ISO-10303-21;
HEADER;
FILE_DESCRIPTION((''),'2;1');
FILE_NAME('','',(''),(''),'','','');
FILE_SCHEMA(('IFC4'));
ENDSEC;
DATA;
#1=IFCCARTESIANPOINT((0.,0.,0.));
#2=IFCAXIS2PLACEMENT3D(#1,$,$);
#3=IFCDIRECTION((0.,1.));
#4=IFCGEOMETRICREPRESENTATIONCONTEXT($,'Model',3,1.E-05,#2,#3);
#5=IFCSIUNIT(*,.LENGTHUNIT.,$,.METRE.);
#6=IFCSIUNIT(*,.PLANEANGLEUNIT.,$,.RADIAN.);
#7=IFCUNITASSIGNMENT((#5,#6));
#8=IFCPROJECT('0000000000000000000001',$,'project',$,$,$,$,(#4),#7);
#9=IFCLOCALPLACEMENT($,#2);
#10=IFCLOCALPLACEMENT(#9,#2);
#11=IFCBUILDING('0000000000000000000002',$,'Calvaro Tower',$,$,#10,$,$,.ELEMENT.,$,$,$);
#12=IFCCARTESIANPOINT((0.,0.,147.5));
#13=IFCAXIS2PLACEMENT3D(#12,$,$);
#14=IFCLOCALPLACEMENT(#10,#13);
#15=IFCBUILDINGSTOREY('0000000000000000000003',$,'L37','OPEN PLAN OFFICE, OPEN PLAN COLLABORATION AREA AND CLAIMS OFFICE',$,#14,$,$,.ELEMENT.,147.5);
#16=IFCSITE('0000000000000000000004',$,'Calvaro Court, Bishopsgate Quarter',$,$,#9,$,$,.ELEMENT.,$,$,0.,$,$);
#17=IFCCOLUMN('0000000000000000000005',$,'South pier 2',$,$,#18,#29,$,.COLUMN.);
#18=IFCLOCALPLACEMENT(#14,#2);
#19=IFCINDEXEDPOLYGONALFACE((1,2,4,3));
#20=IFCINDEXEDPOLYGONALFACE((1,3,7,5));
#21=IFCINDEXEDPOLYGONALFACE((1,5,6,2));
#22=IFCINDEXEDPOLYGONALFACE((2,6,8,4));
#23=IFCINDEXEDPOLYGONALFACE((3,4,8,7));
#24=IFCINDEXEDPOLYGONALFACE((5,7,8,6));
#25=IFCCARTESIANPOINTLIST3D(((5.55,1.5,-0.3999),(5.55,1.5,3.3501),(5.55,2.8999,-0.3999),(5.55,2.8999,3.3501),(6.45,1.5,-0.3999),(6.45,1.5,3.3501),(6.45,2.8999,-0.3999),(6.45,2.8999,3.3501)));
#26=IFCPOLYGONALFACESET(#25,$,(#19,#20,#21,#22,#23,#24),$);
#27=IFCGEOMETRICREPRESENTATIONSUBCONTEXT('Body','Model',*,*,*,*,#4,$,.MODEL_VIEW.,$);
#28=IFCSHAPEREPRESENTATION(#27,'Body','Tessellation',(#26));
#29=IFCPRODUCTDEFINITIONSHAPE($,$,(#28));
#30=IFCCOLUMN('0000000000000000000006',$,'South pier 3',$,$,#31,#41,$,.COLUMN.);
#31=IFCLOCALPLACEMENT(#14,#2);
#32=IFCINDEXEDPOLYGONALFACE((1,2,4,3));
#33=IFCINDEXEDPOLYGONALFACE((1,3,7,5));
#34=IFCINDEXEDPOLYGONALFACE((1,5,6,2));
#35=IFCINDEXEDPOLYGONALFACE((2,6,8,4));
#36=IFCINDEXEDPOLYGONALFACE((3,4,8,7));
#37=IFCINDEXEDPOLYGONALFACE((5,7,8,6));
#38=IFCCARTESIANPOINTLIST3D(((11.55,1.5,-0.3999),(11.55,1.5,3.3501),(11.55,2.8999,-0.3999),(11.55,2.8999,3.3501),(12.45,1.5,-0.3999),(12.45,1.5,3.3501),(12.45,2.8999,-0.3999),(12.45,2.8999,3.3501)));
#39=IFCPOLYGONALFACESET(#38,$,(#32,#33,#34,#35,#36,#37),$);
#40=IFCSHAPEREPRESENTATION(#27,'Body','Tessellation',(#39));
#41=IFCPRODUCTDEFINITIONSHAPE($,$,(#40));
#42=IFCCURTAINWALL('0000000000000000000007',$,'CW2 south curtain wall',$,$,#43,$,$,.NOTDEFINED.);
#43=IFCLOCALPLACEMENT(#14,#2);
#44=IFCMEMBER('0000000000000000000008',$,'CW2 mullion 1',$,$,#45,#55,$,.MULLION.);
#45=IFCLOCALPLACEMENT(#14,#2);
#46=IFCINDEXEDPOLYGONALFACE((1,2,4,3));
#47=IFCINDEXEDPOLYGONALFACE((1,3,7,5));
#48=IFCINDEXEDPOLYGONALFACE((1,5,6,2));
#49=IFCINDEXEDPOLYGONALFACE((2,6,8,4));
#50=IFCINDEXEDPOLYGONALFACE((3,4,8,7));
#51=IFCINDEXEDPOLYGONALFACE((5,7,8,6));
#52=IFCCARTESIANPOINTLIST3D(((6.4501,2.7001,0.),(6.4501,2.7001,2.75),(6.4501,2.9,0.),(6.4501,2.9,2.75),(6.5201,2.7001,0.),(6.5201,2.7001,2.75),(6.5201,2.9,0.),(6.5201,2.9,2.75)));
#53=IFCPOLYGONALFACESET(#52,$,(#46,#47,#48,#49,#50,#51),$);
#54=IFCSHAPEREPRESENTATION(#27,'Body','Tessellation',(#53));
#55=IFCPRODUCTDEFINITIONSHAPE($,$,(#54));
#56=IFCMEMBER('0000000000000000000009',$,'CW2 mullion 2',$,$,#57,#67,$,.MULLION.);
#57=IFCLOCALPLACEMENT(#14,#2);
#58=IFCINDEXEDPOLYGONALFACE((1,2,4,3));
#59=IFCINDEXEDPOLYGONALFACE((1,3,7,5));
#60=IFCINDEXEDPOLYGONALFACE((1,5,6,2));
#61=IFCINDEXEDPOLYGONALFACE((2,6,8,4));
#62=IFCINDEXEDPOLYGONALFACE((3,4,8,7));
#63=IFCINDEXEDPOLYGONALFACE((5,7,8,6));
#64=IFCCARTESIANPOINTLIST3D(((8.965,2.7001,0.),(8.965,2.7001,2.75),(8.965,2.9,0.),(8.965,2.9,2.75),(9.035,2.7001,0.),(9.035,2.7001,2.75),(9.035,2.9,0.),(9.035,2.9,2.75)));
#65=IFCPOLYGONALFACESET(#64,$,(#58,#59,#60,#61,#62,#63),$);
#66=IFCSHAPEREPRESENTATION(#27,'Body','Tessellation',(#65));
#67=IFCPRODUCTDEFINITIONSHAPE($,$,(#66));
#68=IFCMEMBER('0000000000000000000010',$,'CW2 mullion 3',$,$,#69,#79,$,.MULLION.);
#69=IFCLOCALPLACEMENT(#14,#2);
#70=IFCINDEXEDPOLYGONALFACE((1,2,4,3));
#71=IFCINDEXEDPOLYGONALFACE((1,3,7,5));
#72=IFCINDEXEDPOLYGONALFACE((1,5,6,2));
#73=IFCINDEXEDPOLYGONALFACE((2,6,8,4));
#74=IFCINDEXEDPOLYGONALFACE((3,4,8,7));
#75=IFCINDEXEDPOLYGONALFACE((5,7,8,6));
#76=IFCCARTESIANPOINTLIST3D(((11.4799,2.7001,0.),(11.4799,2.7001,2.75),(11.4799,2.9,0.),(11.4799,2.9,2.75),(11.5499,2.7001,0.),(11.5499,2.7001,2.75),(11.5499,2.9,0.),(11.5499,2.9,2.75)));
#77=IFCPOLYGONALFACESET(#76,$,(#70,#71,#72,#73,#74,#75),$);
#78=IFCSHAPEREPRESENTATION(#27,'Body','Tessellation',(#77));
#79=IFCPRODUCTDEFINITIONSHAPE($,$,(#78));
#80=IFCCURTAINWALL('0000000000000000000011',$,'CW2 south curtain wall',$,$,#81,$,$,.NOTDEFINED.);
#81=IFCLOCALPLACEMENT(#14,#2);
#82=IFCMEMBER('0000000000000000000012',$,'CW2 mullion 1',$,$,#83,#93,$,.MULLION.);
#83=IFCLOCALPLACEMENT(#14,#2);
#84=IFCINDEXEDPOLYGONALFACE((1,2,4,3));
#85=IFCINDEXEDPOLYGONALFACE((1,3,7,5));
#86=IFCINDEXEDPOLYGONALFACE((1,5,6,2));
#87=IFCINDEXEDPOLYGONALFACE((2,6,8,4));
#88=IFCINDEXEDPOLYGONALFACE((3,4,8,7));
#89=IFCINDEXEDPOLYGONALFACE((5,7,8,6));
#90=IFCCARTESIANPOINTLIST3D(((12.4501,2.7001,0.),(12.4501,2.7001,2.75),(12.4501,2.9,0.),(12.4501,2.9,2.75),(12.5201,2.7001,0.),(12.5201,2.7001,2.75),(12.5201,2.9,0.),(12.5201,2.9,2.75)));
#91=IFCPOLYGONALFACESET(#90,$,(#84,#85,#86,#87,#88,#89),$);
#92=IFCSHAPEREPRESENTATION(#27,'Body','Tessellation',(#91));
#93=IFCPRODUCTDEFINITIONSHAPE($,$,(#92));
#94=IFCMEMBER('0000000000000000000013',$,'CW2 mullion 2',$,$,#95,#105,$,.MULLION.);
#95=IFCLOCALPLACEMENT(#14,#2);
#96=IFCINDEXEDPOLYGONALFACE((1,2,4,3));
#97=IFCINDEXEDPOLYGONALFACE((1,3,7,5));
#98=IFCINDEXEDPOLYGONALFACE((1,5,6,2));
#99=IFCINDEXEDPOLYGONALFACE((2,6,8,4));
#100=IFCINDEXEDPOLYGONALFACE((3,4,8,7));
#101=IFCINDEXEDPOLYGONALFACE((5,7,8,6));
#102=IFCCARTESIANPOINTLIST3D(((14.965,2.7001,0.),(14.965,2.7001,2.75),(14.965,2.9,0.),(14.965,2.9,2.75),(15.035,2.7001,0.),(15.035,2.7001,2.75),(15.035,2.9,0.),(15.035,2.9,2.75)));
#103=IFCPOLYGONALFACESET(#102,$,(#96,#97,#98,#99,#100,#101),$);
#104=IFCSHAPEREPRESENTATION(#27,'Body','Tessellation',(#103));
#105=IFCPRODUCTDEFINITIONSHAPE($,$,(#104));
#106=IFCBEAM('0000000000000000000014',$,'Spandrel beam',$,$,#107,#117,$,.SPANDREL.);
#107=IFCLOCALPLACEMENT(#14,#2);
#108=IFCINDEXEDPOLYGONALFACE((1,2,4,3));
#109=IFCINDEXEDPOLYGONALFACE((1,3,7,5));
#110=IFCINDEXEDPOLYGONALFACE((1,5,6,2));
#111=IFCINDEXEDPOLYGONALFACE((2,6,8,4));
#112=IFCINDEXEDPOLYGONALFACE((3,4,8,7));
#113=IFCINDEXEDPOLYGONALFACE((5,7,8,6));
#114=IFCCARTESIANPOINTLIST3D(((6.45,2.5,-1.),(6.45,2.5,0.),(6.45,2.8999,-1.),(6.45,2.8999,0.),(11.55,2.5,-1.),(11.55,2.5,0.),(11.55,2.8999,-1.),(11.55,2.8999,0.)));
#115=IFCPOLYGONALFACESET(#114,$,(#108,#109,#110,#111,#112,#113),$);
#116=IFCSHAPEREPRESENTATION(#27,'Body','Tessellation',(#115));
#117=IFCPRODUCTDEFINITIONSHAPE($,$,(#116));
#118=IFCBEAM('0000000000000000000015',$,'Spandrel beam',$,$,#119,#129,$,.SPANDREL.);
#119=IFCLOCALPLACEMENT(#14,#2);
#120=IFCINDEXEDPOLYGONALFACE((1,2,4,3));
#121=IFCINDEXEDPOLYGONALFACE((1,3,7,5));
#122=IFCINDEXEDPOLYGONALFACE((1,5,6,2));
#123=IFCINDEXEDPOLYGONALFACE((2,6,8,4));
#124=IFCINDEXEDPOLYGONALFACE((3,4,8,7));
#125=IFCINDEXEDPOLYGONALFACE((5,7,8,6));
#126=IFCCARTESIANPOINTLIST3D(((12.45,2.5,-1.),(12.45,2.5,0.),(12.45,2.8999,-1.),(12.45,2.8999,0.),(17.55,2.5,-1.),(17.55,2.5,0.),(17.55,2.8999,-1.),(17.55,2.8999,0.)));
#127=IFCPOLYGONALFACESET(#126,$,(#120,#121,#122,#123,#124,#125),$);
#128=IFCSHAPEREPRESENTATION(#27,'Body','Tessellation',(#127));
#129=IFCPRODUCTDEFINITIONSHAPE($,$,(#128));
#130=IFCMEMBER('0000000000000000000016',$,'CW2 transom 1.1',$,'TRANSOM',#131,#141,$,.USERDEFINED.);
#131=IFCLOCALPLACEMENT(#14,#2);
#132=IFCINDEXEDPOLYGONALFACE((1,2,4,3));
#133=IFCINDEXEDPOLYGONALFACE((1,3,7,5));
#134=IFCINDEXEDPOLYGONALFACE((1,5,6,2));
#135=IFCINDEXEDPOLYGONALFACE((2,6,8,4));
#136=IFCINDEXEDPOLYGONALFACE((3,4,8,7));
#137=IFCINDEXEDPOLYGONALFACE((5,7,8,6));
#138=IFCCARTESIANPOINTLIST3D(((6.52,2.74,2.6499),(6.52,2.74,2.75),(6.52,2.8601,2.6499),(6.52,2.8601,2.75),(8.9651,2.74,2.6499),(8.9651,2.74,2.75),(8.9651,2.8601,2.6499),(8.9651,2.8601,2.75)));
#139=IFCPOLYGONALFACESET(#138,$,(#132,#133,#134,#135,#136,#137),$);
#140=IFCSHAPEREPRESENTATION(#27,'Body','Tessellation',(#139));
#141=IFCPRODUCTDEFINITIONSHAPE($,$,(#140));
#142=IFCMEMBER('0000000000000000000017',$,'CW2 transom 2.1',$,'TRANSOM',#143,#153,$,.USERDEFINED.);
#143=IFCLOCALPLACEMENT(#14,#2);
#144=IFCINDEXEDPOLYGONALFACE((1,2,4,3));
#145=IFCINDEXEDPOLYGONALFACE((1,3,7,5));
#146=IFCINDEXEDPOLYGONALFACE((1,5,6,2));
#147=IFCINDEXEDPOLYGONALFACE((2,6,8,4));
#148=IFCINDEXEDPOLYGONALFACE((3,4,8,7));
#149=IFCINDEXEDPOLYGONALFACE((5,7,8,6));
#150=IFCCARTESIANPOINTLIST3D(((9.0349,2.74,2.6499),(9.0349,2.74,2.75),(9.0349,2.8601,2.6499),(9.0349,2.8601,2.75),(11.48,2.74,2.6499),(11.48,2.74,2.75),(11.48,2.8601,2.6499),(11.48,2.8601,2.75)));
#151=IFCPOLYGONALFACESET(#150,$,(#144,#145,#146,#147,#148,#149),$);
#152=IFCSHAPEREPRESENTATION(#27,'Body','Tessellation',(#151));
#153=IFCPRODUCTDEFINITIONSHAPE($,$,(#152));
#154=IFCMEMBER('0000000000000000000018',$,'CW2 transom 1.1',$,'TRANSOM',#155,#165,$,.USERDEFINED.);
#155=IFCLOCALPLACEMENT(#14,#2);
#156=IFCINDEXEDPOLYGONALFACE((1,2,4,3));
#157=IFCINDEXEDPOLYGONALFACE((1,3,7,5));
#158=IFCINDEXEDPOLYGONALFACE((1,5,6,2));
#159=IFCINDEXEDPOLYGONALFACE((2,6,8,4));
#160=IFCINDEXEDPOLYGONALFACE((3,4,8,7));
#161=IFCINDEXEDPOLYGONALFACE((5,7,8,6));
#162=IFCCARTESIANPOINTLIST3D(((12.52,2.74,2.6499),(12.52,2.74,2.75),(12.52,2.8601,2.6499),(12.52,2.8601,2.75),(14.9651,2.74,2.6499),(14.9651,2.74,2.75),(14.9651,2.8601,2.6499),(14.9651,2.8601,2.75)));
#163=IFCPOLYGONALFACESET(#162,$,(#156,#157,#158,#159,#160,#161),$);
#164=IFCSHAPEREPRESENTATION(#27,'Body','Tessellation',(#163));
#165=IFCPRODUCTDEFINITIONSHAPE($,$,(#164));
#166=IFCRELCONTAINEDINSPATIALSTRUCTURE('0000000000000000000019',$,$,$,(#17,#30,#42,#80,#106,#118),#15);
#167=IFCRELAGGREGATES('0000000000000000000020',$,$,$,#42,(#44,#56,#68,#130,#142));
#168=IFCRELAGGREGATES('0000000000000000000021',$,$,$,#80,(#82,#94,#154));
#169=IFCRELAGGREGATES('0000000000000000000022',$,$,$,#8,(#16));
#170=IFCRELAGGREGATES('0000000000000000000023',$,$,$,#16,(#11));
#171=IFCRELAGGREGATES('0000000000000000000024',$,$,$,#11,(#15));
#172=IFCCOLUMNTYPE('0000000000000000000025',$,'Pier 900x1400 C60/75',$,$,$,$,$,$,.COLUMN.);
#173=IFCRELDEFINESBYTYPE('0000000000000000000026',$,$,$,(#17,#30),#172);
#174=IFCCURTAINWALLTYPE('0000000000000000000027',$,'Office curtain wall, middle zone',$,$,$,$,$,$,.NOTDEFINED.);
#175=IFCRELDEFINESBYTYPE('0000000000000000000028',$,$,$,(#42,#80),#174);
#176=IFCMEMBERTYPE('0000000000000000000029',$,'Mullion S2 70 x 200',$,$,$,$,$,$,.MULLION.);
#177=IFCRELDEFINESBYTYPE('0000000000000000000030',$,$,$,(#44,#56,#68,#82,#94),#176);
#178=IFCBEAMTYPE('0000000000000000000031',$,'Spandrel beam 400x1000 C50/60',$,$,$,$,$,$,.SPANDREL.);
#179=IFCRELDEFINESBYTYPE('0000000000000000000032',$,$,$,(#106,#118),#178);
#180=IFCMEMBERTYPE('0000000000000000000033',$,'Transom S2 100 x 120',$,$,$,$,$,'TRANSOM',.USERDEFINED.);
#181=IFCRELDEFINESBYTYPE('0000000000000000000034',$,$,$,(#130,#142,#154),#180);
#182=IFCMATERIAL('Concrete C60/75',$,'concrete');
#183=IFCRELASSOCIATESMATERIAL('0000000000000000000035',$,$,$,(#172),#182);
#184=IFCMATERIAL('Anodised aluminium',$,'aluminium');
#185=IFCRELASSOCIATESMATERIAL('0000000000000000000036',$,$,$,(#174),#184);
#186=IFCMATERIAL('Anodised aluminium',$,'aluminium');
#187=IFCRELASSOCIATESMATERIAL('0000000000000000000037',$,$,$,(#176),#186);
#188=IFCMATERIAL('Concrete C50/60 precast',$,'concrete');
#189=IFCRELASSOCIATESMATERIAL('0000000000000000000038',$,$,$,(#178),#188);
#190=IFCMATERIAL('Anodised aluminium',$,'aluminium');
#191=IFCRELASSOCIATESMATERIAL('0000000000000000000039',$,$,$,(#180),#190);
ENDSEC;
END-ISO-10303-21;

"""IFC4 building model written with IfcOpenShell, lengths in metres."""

from ifc_helpers import new_model, si_unit, direction, frame, origin, origin_2d, place, context, subcontext, project, spatial, rectangle, extrude, material, material_profile, profile_set, type_object, element, aggregate, save


model = new_model("IFC4")

# Units and contexts
model_context = context("Model", 3, precision=1e-05, world=origin(), true_north=direction((0.0, 1.0)))
body_context = subcontext(model_context, "Body", "Model", "MODEL_VIEW")
ifc_project = project(units=[si_unit("LENGTHUNIT", "METRE"), si_unit("PLANEANGLEUNIT", "RADIAN")], contexts=[model_context])

# Site, building, storey
site_placement = place(None, origin())
site = spatial("IfcSite", under=ifc_project, at=site_placement, Name="Calvaro Court, Bishopsgate Quarter", CompositionType="ELEMENT", RefElevation=0.0)
building_placement = place(site_placement, origin())
building = spatial("IfcBuilding", under=site, at=building_placement, Name="Calvaro Tower", CompositionType="ELEMENT")
storey_placement = place(building_placement, frame((0.0, 0.0, 147.5)))
storey = spatial("IfcBuildingStorey", under=building, at=storey_placement, Name="L37", Description="OPEN PLAN OFFICE, OPEN PLAN COLLABORATION AREA AND CLAIMS OFFICE", CompositionType="ELEMENT", Elevation=147.5)

# Columns
ifc_material_1 = material(Name="Concrete C60/75", Category="concrete")
ifc_material_profile_1 = material_profile(ifc_material_1, rectangle(XDim=0.8999, YDim=1.3999, at=origin_2d()), Name="RC 900x1400")
ifc_profile_set_1 = profile_set([ifc_material_profile_1], Name="Concrete C60/75")
column_type = type_object("IfcColumnType", Name="Pier 900x1400 C60/75", PredefinedType="COLUMN", material=ifc_profile_set_1)
for number, where, z_axis, x_axis, name in (
    (1, (6.0, 2.2, -0.3999), (0.0, 0.0, 1.0), (1.0, 0.0, 0.0), "South pier 2"),
    (2, (12.0, 2.2, -0.3999), (0.0, 0.0, 1.0), (1.0, 0.0, 0.0), "South pier 3"),
):
    element("IfcColumn", number, at=place(storey_placement, frame(where, z_axis=z_axis, x_axis=x_axis)), inside=storey, type_object=column_type, Name=name, PredefinedType="COLUMN", context=body_context, shape_type="SweptSolid", body=[
        extrude(rectangle(XDim=0.8999, YDim=1.3999, at=origin_2d()), origin(), (0.0, 0.0, 1.0), 3.75),
    ])

# Curtain walls, members
ifc_material_2 = material(Name="Anodised aluminium", Category="aluminium")
curtain_wall_type = type_object("IfcCurtainWallType", Name="Office curtain wall, middle zone", PredefinedType="NOTDEFINED", material=ifc_material_2)
curtain_wall_1_placement = place(storey_placement, origin())
curtain_wall_1 = element("IfcCurtainWall", 3, at=curtain_wall_1_placement, inside=storey, type_object=curtain_wall_type, Name="CW2 south curtain wall", PredefinedType="NOTDEFINED")
ifc_material_3 = material(Name="Anodised aluminium", Category="aluminium")
ifc_material_profile_2 = material_profile(ifc_material_3, rectangle(XDim=0.2, YDim=0.0701, at=origin_2d()), Name="Mullion S2 70 x 200")
ifc_profile_set_2 = profile_set([ifc_material_profile_2], Name="Anodised aluminium")
member_type_1 = type_object("IfcMemberType", Name="Mullion S2 70 x 200", PredefinedType="MULLION", material=ifc_profile_set_2)
member_1_placement = place(storey_placement, frame((6.4851, 2.8, 0.0), z_axis=(0.0, 0.0, 1.0), x_axis=(0.0, 1.0, 0.0)))
member_1 = element("IfcMember", 4, at=member_1_placement, type_object=member_type_1, Name="CW2 mullion 1", PredefinedType="MULLION", context=body_context, shape_type="SweptSolid", body=[
    extrude(rectangle(XDim=0.2, YDim=0.0701, at=origin_2d()), origin(), (0.0, 0.0, 1.0), 2.75),
])
member_2_placement = place(storey_placement, frame((9.0, 2.8, 0.0), z_axis=(0.0, 0.0, 1.0), x_axis=(0.0, 1.0, 0.0)))
member_2 = element("IfcMember", 5, at=member_2_placement, type_object=member_type_1, Name="CW2 mullion 2", PredefinedType="MULLION", context=body_context, shape_type="SweptSolid", body=[
    extrude(rectangle(XDim=0.2, YDim=0.0701, at=origin_2d()), origin(), (0.0, 0.0, 1.0), 2.75),
])
member_3_placement = place(storey_placement, frame((11.5149, 2.8, 0.0), z_axis=(0.0, 0.0, 1.0), x_axis=(0.0, 1.0, 0.0)))
member_3 = element("IfcMember", 6, at=member_3_placement, type_object=member_type_1, Name="CW2 mullion 3", PredefinedType="MULLION", context=body_context, shape_type="SweptSolid", body=[
    extrude(rectangle(XDim=0.2, YDim=0.0701, at=origin_2d()), origin(), (0.0, 0.0, 1.0), 2.75),
])
curtain_wall_2_placement = place(storey_placement, origin())
curtain_wall_2 = element("IfcCurtainWall", 7, at=curtain_wall_2_placement, inside=storey, type_object=curtain_wall_type, Name="CW2 south curtain wall", PredefinedType="NOTDEFINED")
member_4_placement = place(storey_placement, frame((12.4851, 2.8, 0.0), z_axis=(0.0, 0.0, 1.0), x_axis=(0.0, 1.0, 0.0)))
member_4 = element("IfcMember", 8, at=member_4_placement, type_object=member_type_1, Name="CW2 mullion 1", PredefinedType="MULLION", context=body_context, shape_type="SweptSolid", body=[
    extrude(rectangle(XDim=0.2, YDim=0.0701, at=origin_2d()), origin(), (0.0, 0.0, 1.0), 2.75),
])
member_5_placement = place(storey_placement, frame((15.0, 2.8, 0.0), z_axis=(0.0, 0.0, 1.0), x_axis=(0.0, 1.0, 0.0)))
member_5 = element("IfcMember", 9, at=member_5_placement, type_object=member_type_1, Name="CW2 mullion 2", PredefinedType="MULLION", context=body_context, shape_type="SweptSolid", body=[
    extrude(rectangle(XDim=0.2, YDim=0.0701, at=origin_2d()), origin(), (0.0, 0.0, 1.0), 2.75),
])

# Beams
ifc_material_4 = material(Name="Concrete C50/60 precast", Category="concrete")
ifc_material_profile_3 = material_profile(ifc_material_4, rectangle(XDim=0.3999, YDim=1.0, at=origin_2d()), Name="RC 400x1000")
ifc_profile_set_3 = profile_set([ifc_material_profile_3], Name="Concrete C50/60 precast")
beam_type = type_object("IfcBeamType", Name="Spandrel beam 400x1000 C50/60", PredefinedType="SPANDREL", material=ifc_profile_set_3)
for number, where, z_axis, x_axis, name in (
    (10, (6.45, 2.7, -0.5), (1.0, 0.0, 0.0), (0.0, 1.0, 0.0), "Spandrel beam"),
    (11, (12.45, 2.7, -0.5), (1.0, 0.0, 0.0), (0.0, 1.0, 0.0), "Spandrel beam"),
):
    element("IfcBeam", number, at=place(storey_placement, frame(where, z_axis=z_axis, x_axis=x_axis)), inside=storey, type_object=beam_type, Name=name, PredefinedType="SPANDREL", context=body_context, shape_type="SweptSolid", body=[
        extrude(rectangle(XDim=0.3999, YDim=1.0, at=origin_2d()), origin(), (0.0, 0.0, 1.0), 5.1001),
    ])

# Members
ifc_material_5 = material(Name="Anodised aluminium", Category="aluminium")
ifc_material_profile_4 = material_profile(ifc_material_5, rectangle(XDim=0.1201, YDim=0.1001, at=origin_2d()), Name="Transom S2 100 x 120")
ifc_profile_set_4 = profile_set([ifc_material_profile_4], Name="Anodised aluminium")
member_type_2 = type_object("IfcMemberType", Name="Transom S2 100 x 120", ElementType="TRANSOM", PredefinedType="USERDEFINED", material=ifc_profile_set_4)
member_6_placement = place(storey_placement, frame((6.52, 2.8, 2.7), z_axis=(1.0, 0.0, 0.0), x_axis=(0.0, 1.0, 0.0)))
member_6 = element("IfcMember", 12, at=member_6_placement, type_object=member_type_2, Name="CW2 transom 1.1", ObjectType="TRANSOM", PredefinedType="USERDEFINED", context=body_context, shape_type="SweptSolid", body=[
    extrude(rectangle(XDim=0.1201, YDim=0.1001, at=origin_2d()), origin(), (0.0, 0.0, 1.0), 2.4451),
])
member_7_placement = place(storey_placement, frame((9.0349, 2.8, 2.7), z_axis=(1.0, 0.0, 0.0), x_axis=(0.0, 1.0, 0.0)))
member_7 = element("IfcMember", 13, at=member_7_placement, type_object=member_type_2, Name="CW2 transom 2.1", ObjectType="TRANSOM", PredefinedType="USERDEFINED", context=body_context, shape_type="SweptSolid", body=[
    extrude(rectangle(XDim=0.1201, YDim=0.1001, at=origin_2d()), origin(), (0.0, 0.0, 1.0), 2.4451),
])
member_8_placement = place(storey_placement, frame((12.52, 2.8, 2.7), z_axis=(1.0, 0.0, 0.0), x_axis=(0.0, 1.0, 0.0)))
member_8 = element("IfcMember", 14, at=member_8_placement, type_object=member_type_2, Name="CW2 transom 1.1", ObjectType="TRANSOM", PredefinedType="USERDEFINED", context=body_context, shape_type="SweptSolid", body=[
    extrude(rectangle(XDim=0.1201, YDim=0.1001, at=origin_2d()), origin(), (0.0, 0.0, 1.0), 2.4451),
])

aggregate(curtain_wall_1, [member_1, member_2, member_3, member_6, member_7])
aggregate(curtain_wall_2, [member_4, member_5, member_8])

save(model, "model.ifc")
